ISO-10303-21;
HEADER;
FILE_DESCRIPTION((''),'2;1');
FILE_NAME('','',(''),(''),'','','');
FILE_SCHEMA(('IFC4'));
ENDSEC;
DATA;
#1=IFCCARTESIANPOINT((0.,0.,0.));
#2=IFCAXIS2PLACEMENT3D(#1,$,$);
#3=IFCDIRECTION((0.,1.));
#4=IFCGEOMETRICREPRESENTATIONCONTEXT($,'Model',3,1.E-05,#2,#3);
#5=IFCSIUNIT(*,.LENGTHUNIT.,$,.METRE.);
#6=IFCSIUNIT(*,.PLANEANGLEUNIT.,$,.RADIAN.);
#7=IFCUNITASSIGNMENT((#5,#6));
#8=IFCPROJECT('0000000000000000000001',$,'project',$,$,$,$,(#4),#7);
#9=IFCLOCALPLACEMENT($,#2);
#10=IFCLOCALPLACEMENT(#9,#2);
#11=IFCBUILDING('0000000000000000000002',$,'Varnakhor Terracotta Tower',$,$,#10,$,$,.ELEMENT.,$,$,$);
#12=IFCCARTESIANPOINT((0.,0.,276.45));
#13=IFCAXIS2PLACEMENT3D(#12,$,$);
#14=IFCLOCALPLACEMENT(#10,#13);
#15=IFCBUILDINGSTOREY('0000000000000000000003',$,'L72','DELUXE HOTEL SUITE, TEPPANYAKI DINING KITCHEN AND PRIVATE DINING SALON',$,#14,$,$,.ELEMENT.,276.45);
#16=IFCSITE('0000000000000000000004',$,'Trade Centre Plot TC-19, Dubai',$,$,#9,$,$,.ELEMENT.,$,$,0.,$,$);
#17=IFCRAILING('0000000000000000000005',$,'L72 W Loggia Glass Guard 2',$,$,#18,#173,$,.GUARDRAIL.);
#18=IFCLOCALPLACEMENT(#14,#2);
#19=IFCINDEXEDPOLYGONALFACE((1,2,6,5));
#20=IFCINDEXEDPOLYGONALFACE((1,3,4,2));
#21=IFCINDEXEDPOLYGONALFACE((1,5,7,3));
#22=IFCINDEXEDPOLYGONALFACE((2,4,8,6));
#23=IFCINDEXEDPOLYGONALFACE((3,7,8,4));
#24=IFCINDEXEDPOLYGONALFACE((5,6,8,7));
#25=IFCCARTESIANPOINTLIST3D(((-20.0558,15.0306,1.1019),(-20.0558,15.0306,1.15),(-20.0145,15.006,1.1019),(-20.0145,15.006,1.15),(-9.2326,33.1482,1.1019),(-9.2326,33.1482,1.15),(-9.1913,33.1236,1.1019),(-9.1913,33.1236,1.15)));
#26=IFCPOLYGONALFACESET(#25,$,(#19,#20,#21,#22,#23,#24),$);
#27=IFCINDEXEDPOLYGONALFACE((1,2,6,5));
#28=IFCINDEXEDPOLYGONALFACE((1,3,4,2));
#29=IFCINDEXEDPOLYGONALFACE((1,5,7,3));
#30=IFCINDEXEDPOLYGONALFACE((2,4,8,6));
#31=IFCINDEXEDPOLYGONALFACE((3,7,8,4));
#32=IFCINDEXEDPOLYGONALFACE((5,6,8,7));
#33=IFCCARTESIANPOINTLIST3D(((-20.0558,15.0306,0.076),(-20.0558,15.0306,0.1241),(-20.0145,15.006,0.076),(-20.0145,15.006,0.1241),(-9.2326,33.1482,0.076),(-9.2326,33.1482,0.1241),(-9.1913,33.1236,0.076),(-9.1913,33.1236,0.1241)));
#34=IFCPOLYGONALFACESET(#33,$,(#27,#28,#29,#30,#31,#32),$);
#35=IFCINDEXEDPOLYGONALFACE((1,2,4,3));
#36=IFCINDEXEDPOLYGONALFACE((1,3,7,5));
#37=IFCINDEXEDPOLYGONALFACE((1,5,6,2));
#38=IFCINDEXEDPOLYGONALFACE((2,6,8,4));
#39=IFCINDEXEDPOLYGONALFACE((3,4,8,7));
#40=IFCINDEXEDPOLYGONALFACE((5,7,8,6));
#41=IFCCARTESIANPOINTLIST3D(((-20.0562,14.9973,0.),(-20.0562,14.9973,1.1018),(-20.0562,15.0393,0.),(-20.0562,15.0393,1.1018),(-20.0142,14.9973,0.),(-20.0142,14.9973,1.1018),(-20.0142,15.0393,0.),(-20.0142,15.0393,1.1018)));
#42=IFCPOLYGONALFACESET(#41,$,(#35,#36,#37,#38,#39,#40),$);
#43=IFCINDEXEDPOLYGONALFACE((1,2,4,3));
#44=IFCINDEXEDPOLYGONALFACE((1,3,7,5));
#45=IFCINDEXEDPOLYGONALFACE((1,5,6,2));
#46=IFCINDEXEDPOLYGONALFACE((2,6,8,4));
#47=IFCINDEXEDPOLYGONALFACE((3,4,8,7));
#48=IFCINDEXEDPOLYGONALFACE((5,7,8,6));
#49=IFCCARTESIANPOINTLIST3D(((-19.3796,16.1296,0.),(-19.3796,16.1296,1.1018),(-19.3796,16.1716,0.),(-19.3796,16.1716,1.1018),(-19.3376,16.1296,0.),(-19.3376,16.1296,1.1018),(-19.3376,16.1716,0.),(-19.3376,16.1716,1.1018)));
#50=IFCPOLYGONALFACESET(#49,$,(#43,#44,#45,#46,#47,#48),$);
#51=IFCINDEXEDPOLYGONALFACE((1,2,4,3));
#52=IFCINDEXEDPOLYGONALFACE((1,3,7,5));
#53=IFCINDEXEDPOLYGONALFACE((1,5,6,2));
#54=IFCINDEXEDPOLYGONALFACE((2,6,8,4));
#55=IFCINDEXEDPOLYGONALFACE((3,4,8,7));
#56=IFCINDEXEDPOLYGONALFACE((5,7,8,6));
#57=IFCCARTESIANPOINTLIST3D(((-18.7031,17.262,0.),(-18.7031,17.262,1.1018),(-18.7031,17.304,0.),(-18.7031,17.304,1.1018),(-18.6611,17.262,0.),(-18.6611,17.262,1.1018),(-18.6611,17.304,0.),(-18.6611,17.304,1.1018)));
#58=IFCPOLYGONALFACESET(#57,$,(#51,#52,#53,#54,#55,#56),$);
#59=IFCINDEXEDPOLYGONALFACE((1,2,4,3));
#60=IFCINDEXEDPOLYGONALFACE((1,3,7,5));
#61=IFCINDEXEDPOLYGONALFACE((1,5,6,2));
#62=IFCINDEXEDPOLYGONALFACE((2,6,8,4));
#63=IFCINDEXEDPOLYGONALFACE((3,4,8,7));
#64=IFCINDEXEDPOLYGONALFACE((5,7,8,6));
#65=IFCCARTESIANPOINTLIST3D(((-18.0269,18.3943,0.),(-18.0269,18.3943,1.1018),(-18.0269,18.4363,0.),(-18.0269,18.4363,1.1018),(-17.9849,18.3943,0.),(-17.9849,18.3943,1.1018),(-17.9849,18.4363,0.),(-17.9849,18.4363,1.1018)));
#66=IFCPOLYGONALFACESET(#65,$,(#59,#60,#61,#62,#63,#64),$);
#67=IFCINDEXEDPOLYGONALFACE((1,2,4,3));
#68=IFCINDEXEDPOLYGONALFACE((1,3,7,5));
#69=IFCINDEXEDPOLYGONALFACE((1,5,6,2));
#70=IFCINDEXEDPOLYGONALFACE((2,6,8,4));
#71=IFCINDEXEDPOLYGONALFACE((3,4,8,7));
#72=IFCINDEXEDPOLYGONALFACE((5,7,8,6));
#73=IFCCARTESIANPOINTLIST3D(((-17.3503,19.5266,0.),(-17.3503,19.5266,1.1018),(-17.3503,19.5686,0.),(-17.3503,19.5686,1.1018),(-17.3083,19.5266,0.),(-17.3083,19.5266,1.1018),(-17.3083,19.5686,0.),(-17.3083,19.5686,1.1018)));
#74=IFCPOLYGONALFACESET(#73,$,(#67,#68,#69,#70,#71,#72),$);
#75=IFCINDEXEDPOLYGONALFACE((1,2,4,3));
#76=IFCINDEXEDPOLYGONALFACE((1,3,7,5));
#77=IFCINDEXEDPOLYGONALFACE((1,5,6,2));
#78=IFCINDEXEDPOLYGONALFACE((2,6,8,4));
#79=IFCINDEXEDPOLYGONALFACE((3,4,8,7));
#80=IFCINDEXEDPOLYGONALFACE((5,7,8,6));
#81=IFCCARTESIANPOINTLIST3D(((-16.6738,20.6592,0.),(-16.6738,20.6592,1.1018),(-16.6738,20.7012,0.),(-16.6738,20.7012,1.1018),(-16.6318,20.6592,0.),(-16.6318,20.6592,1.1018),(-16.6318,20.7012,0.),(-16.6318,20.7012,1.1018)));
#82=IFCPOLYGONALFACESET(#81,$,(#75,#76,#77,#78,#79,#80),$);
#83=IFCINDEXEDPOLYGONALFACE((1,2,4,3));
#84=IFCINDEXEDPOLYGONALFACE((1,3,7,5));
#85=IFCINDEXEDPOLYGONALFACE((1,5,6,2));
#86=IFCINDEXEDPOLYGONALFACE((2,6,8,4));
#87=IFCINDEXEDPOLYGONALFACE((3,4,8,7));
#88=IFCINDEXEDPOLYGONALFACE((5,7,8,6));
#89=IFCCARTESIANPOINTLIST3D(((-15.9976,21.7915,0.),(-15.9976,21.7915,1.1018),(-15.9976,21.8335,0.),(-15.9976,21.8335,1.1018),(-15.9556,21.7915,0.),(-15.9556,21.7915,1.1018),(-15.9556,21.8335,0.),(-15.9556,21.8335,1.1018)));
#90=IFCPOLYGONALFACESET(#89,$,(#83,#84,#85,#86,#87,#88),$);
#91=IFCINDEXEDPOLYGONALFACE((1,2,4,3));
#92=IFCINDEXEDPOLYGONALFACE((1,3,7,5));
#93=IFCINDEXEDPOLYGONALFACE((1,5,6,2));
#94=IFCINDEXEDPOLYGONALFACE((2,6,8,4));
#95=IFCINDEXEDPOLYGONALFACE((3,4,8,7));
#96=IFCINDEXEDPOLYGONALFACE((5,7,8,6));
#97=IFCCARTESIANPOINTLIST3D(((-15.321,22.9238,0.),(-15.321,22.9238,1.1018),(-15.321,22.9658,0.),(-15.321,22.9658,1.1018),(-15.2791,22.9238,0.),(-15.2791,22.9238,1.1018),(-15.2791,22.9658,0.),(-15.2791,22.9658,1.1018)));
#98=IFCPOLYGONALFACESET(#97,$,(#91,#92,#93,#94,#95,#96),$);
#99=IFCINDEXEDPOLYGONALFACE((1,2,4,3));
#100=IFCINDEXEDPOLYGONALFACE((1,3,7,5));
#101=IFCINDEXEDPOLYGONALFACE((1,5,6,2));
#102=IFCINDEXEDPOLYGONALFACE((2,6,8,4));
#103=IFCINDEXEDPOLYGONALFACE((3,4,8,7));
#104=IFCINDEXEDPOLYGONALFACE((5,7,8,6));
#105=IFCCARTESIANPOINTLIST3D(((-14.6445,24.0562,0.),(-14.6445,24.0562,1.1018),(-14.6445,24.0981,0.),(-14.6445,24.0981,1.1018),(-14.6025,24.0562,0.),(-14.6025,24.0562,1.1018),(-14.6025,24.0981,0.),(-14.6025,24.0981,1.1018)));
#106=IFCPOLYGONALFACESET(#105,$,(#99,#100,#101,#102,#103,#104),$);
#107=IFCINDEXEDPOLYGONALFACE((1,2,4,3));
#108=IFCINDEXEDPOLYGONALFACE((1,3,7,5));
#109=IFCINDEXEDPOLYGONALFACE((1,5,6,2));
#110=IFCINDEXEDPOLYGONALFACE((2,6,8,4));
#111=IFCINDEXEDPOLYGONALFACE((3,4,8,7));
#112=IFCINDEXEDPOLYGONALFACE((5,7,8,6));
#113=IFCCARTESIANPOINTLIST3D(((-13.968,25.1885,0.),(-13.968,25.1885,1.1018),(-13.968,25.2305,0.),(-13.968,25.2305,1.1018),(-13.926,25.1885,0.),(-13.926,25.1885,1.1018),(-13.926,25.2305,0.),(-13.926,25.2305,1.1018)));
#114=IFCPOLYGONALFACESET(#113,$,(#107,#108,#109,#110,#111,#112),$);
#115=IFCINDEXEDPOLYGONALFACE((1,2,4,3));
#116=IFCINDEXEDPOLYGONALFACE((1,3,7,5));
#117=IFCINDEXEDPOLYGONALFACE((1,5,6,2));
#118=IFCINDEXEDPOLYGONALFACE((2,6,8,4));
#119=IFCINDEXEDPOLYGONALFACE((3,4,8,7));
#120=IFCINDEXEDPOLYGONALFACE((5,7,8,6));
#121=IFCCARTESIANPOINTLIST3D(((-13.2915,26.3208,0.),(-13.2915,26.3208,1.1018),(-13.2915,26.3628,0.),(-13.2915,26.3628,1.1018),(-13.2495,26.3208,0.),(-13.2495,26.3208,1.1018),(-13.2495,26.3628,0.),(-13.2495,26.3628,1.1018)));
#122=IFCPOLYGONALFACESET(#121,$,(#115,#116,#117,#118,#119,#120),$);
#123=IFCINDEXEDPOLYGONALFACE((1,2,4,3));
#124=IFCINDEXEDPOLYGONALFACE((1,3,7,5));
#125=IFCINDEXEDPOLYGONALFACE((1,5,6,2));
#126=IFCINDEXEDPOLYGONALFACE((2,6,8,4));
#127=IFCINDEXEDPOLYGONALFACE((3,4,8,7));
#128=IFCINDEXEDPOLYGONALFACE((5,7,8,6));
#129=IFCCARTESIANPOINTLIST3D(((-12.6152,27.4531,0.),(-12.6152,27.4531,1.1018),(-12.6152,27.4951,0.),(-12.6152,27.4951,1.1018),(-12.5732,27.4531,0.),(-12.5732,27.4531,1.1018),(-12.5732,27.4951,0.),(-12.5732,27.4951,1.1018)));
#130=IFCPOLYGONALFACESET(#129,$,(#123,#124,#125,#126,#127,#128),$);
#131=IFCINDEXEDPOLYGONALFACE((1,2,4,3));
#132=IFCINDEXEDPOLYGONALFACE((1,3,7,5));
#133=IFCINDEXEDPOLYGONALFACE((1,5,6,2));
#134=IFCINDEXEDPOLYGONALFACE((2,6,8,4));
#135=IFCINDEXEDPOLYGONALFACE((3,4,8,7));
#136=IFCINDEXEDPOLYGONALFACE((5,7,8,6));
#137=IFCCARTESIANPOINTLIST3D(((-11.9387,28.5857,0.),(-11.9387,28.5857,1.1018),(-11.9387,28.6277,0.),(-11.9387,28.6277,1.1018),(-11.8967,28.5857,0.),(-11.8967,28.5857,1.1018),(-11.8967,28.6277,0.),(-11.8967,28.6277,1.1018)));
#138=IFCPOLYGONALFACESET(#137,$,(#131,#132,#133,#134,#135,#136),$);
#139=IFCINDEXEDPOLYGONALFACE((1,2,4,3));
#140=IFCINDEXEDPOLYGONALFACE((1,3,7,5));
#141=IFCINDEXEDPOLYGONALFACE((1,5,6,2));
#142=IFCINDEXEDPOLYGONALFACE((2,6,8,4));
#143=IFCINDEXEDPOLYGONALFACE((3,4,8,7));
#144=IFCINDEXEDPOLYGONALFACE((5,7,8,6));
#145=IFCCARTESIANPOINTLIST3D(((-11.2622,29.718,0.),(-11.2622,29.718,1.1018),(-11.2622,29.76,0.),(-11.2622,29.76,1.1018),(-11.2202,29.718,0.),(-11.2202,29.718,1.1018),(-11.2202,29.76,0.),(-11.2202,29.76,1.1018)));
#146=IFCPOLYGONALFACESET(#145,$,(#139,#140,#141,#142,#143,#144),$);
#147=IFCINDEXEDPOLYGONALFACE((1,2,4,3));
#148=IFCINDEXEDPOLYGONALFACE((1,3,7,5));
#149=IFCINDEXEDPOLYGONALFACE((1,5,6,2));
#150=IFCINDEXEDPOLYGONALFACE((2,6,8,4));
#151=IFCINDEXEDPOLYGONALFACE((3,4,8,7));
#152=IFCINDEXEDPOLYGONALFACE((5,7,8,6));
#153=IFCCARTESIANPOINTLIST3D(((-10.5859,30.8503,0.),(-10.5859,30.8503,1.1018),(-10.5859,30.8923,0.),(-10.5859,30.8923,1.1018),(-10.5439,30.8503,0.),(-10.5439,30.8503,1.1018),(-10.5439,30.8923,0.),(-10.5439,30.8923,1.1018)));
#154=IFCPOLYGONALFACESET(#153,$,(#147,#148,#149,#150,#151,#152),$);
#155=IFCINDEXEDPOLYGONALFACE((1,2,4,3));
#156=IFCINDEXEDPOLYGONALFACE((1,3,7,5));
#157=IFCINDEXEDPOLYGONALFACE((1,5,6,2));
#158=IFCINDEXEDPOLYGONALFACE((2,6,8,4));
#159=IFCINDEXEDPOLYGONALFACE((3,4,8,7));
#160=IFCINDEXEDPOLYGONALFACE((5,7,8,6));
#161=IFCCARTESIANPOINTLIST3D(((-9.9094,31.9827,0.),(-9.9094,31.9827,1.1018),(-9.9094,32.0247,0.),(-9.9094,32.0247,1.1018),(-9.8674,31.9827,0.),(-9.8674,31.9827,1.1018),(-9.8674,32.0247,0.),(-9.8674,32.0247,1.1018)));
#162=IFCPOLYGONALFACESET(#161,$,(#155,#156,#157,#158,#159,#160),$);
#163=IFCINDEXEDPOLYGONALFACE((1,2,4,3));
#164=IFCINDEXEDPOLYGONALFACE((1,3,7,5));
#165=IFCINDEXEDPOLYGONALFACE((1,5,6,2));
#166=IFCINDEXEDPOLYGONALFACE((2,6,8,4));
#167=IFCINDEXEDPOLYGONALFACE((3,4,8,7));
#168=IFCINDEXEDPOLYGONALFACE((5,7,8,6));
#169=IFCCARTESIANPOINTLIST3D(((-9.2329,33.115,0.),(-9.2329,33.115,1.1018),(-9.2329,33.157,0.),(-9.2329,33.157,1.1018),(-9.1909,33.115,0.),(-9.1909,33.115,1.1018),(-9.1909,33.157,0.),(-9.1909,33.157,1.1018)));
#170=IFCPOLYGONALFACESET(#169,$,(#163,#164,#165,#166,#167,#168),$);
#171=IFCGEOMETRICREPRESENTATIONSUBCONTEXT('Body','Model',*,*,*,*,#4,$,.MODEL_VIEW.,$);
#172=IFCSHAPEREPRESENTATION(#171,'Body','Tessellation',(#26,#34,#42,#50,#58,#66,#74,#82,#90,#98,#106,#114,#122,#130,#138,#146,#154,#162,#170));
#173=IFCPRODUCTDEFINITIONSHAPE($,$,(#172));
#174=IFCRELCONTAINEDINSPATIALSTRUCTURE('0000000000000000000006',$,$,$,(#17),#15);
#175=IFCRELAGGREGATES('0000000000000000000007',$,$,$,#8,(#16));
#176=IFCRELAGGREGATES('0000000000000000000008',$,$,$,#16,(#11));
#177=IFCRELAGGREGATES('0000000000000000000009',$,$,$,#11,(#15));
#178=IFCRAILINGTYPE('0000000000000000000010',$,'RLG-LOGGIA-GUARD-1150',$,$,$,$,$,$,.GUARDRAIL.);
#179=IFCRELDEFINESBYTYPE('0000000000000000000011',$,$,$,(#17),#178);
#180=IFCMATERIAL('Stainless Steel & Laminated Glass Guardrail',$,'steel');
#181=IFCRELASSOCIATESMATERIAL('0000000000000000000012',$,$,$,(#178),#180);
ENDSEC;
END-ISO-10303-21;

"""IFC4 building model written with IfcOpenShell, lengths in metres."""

from ifc_helpers import new_model, si_unit, direction, frame, origin, origin_2d, place, context, subcontext, project, spatial, rectangle, extrude, material, type_object, element, save


model = new_model("IFC4")

# Units and contexts
model_context = context("Model", 3, precision=1e-05, world=origin(), true_north=direction((0.0, 1.0)))
body_context = subcontext(model_context, "Body", "Model", "MODEL_VIEW")
ifc_project = project(units=[si_unit("LENGTHUNIT", "METRE"), si_unit("PLANEANGLEUNIT", "RADIAN")], contexts=[model_context])

# Site, building, storey
site_placement = place(None, origin())
site = spatial("IfcSite", under=ifc_project, at=site_placement, Name="Trade Centre Plot TC-19, Dubai", CompositionType="ELEMENT", RefElevation=0.0)
building_placement = place(site_placement, origin())
building = spatial("IfcBuilding", under=site, at=building_placement, Name="Varnakhor Terracotta Tower", CompositionType="ELEMENT")
storey_placement = place(building_placement, frame((0.0, 0.0, 276.45)))
storey = spatial("IfcBuildingStorey", under=building, at=storey_placement, Name="L72", Description="DELUXE HOTEL SUITE, TEPPANYAKI DINING KITCHEN AND PRIVATE DINING SALON", CompositionType="ELEMENT", Elevation=276.45)

# Railing
ifc_material_1 = material(Name="Stainless Steel & Laminated Glass Guardrail", Category="steel")
railing_type = type_object("IfcRailingType", Name="RLG-LOGGIA-GUARD-1150", PredefinedType="GUARDRAIL", material=ifc_material_1)
railing_1_placement = place(storey_placement, frame((-20.0352, 15.0183, 0.0)))
element("IfcRailing", 1, at=railing_1_placement, inside=storey, type_object=railing_type, Name="L72 W Loggia Glass Guard 2", PredefinedType="GUARDRAIL", context=body_context, shape_type="SweptSolid", body=[
    extrude(rectangle(XDim=0.0481, YDim=0.0481, at=origin_2d()), frame((0.0, 0.0, 1.126), z_axis=(0.512845, 0.858481, 0.0), x_axis=(-0.858481, 0.512845, 0.0)), (0.0, 0.0, 1.0), 21.1042),
    extrude(rectangle(XDim=0.0481, YDim=0.0481, at=origin_2d()), frame((0.0, 0.0, 0.1001), z_axis=(0.512845, 0.858481, 0.0), x_axis=(-0.858481, 0.512845, 0.0)), (0.0, 0.0, 1.0), 21.1042),
    extrude(rectangle(XDim=0.042, YDim=0.042, at=origin_2d()), origin(), (0.0, 0.0, 1.0), 1.1018),
    extrude(rectangle(XDim=0.042, YDim=0.042, at=origin_2d()), frame((0.6765, 1.1323, 0.0)), (0.0, 0.0, 1.0), 1.1018),
    extrude(rectangle(XDim=0.042, YDim=0.042, at=origin_2d()), frame((1.353, 2.2646, 0.0)), (0.0, 0.0, 1.0), 1.1018),
    extrude(rectangle(XDim=0.042, YDim=0.042, at=origin_2d()), frame((2.0293, 3.397, 0.0)), (0.0, 0.0, 1.0), 1.1018),
    extrude(rectangle(XDim=0.042, YDim=0.042, at=origin_2d()), frame((2.7058, 4.5293, 0.0)), (0.0, 0.0, 1.0), 1.1018),
    extrude(rectangle(XDim=0.042, YDim=0.042, at=origin_2d()), frame((3.3823, 5.6619, 0.0)), (0.0, 0.0, 1.0), 1.1018),
    extrude(rectangle(XDim=0.042, YDim=0.042, at=origin_2d()), frame((4.0586, 6.7942, 0.0)), (0.0, 0.0, 1.0), 1.1018),
    extrude(rectangle(XDim=0.042, YDim=0.042, at=origin_2d()), frame((4.7351, 7.9265, 0.0)), (0.0, 0.0, 1.0), 1.1018),
    extrude(rectangle(XDim=0.042, YDim=0.042, at=origin_2d()), frame((5.4116, 9.0588, 0.0)), (0.0, 0.0, 1.0), 1.1018),
    extrude(rectangle(XDim=0.042, YDim=0.042, at=origin_2d()), frame((6.0881, 10.1912, 0.0)), (0.0, 0.0, 1.0), 1.1018),
    extrude(rectangle(XDim=0.042, YDim=0.042, at=origin_2d()), frame((6.7646, 11.3235, 0.0)), (0.0, 0.0, 1.0), 1.1018),
    extrude(rectangle(XDim=0.042, YDim=0.042, at=origin_2d()), frame((7.4409, 12.4558, 0.0)), (0.0, 0.0, 1.0), 1.1018),
    extrude(rectangle(XDim=0.042, YDim=0.042, at=origin_2d()), frame((8.1174, 13.5884, 0.0)), (0.0, 0.0, 1.0), 1.1018),
    extrude(rectangle(XDim=0.042, YDim=0.042, at=origin_2d()), frame((8.7939, 14.7207, 0.0)), (0.0, 0.0, 1.0), 1.1018),
    extrude(rectangle(XDim=0.042, YDim=0.042, at=origin_2d()), frame((9.4702, 15.853, 0.0)), (0.0, 0.0, 1.0), 1.1018),
    extrude(rectangle(XDim=0.042, YDim=0.042, at=origin_2d()), frame((10.1467, 16.9854, 0.0)), (0.0, 0.0, 1.0), 1.1018),
    extrude(rectangle(XDim=0.042, YDim=0.042, at=origin_2d()), frame((10.8232, 18.1177, 0.0)), (0.0, 0.0, 1.0), 1.1018),
])

save(model, "model.ifc")
